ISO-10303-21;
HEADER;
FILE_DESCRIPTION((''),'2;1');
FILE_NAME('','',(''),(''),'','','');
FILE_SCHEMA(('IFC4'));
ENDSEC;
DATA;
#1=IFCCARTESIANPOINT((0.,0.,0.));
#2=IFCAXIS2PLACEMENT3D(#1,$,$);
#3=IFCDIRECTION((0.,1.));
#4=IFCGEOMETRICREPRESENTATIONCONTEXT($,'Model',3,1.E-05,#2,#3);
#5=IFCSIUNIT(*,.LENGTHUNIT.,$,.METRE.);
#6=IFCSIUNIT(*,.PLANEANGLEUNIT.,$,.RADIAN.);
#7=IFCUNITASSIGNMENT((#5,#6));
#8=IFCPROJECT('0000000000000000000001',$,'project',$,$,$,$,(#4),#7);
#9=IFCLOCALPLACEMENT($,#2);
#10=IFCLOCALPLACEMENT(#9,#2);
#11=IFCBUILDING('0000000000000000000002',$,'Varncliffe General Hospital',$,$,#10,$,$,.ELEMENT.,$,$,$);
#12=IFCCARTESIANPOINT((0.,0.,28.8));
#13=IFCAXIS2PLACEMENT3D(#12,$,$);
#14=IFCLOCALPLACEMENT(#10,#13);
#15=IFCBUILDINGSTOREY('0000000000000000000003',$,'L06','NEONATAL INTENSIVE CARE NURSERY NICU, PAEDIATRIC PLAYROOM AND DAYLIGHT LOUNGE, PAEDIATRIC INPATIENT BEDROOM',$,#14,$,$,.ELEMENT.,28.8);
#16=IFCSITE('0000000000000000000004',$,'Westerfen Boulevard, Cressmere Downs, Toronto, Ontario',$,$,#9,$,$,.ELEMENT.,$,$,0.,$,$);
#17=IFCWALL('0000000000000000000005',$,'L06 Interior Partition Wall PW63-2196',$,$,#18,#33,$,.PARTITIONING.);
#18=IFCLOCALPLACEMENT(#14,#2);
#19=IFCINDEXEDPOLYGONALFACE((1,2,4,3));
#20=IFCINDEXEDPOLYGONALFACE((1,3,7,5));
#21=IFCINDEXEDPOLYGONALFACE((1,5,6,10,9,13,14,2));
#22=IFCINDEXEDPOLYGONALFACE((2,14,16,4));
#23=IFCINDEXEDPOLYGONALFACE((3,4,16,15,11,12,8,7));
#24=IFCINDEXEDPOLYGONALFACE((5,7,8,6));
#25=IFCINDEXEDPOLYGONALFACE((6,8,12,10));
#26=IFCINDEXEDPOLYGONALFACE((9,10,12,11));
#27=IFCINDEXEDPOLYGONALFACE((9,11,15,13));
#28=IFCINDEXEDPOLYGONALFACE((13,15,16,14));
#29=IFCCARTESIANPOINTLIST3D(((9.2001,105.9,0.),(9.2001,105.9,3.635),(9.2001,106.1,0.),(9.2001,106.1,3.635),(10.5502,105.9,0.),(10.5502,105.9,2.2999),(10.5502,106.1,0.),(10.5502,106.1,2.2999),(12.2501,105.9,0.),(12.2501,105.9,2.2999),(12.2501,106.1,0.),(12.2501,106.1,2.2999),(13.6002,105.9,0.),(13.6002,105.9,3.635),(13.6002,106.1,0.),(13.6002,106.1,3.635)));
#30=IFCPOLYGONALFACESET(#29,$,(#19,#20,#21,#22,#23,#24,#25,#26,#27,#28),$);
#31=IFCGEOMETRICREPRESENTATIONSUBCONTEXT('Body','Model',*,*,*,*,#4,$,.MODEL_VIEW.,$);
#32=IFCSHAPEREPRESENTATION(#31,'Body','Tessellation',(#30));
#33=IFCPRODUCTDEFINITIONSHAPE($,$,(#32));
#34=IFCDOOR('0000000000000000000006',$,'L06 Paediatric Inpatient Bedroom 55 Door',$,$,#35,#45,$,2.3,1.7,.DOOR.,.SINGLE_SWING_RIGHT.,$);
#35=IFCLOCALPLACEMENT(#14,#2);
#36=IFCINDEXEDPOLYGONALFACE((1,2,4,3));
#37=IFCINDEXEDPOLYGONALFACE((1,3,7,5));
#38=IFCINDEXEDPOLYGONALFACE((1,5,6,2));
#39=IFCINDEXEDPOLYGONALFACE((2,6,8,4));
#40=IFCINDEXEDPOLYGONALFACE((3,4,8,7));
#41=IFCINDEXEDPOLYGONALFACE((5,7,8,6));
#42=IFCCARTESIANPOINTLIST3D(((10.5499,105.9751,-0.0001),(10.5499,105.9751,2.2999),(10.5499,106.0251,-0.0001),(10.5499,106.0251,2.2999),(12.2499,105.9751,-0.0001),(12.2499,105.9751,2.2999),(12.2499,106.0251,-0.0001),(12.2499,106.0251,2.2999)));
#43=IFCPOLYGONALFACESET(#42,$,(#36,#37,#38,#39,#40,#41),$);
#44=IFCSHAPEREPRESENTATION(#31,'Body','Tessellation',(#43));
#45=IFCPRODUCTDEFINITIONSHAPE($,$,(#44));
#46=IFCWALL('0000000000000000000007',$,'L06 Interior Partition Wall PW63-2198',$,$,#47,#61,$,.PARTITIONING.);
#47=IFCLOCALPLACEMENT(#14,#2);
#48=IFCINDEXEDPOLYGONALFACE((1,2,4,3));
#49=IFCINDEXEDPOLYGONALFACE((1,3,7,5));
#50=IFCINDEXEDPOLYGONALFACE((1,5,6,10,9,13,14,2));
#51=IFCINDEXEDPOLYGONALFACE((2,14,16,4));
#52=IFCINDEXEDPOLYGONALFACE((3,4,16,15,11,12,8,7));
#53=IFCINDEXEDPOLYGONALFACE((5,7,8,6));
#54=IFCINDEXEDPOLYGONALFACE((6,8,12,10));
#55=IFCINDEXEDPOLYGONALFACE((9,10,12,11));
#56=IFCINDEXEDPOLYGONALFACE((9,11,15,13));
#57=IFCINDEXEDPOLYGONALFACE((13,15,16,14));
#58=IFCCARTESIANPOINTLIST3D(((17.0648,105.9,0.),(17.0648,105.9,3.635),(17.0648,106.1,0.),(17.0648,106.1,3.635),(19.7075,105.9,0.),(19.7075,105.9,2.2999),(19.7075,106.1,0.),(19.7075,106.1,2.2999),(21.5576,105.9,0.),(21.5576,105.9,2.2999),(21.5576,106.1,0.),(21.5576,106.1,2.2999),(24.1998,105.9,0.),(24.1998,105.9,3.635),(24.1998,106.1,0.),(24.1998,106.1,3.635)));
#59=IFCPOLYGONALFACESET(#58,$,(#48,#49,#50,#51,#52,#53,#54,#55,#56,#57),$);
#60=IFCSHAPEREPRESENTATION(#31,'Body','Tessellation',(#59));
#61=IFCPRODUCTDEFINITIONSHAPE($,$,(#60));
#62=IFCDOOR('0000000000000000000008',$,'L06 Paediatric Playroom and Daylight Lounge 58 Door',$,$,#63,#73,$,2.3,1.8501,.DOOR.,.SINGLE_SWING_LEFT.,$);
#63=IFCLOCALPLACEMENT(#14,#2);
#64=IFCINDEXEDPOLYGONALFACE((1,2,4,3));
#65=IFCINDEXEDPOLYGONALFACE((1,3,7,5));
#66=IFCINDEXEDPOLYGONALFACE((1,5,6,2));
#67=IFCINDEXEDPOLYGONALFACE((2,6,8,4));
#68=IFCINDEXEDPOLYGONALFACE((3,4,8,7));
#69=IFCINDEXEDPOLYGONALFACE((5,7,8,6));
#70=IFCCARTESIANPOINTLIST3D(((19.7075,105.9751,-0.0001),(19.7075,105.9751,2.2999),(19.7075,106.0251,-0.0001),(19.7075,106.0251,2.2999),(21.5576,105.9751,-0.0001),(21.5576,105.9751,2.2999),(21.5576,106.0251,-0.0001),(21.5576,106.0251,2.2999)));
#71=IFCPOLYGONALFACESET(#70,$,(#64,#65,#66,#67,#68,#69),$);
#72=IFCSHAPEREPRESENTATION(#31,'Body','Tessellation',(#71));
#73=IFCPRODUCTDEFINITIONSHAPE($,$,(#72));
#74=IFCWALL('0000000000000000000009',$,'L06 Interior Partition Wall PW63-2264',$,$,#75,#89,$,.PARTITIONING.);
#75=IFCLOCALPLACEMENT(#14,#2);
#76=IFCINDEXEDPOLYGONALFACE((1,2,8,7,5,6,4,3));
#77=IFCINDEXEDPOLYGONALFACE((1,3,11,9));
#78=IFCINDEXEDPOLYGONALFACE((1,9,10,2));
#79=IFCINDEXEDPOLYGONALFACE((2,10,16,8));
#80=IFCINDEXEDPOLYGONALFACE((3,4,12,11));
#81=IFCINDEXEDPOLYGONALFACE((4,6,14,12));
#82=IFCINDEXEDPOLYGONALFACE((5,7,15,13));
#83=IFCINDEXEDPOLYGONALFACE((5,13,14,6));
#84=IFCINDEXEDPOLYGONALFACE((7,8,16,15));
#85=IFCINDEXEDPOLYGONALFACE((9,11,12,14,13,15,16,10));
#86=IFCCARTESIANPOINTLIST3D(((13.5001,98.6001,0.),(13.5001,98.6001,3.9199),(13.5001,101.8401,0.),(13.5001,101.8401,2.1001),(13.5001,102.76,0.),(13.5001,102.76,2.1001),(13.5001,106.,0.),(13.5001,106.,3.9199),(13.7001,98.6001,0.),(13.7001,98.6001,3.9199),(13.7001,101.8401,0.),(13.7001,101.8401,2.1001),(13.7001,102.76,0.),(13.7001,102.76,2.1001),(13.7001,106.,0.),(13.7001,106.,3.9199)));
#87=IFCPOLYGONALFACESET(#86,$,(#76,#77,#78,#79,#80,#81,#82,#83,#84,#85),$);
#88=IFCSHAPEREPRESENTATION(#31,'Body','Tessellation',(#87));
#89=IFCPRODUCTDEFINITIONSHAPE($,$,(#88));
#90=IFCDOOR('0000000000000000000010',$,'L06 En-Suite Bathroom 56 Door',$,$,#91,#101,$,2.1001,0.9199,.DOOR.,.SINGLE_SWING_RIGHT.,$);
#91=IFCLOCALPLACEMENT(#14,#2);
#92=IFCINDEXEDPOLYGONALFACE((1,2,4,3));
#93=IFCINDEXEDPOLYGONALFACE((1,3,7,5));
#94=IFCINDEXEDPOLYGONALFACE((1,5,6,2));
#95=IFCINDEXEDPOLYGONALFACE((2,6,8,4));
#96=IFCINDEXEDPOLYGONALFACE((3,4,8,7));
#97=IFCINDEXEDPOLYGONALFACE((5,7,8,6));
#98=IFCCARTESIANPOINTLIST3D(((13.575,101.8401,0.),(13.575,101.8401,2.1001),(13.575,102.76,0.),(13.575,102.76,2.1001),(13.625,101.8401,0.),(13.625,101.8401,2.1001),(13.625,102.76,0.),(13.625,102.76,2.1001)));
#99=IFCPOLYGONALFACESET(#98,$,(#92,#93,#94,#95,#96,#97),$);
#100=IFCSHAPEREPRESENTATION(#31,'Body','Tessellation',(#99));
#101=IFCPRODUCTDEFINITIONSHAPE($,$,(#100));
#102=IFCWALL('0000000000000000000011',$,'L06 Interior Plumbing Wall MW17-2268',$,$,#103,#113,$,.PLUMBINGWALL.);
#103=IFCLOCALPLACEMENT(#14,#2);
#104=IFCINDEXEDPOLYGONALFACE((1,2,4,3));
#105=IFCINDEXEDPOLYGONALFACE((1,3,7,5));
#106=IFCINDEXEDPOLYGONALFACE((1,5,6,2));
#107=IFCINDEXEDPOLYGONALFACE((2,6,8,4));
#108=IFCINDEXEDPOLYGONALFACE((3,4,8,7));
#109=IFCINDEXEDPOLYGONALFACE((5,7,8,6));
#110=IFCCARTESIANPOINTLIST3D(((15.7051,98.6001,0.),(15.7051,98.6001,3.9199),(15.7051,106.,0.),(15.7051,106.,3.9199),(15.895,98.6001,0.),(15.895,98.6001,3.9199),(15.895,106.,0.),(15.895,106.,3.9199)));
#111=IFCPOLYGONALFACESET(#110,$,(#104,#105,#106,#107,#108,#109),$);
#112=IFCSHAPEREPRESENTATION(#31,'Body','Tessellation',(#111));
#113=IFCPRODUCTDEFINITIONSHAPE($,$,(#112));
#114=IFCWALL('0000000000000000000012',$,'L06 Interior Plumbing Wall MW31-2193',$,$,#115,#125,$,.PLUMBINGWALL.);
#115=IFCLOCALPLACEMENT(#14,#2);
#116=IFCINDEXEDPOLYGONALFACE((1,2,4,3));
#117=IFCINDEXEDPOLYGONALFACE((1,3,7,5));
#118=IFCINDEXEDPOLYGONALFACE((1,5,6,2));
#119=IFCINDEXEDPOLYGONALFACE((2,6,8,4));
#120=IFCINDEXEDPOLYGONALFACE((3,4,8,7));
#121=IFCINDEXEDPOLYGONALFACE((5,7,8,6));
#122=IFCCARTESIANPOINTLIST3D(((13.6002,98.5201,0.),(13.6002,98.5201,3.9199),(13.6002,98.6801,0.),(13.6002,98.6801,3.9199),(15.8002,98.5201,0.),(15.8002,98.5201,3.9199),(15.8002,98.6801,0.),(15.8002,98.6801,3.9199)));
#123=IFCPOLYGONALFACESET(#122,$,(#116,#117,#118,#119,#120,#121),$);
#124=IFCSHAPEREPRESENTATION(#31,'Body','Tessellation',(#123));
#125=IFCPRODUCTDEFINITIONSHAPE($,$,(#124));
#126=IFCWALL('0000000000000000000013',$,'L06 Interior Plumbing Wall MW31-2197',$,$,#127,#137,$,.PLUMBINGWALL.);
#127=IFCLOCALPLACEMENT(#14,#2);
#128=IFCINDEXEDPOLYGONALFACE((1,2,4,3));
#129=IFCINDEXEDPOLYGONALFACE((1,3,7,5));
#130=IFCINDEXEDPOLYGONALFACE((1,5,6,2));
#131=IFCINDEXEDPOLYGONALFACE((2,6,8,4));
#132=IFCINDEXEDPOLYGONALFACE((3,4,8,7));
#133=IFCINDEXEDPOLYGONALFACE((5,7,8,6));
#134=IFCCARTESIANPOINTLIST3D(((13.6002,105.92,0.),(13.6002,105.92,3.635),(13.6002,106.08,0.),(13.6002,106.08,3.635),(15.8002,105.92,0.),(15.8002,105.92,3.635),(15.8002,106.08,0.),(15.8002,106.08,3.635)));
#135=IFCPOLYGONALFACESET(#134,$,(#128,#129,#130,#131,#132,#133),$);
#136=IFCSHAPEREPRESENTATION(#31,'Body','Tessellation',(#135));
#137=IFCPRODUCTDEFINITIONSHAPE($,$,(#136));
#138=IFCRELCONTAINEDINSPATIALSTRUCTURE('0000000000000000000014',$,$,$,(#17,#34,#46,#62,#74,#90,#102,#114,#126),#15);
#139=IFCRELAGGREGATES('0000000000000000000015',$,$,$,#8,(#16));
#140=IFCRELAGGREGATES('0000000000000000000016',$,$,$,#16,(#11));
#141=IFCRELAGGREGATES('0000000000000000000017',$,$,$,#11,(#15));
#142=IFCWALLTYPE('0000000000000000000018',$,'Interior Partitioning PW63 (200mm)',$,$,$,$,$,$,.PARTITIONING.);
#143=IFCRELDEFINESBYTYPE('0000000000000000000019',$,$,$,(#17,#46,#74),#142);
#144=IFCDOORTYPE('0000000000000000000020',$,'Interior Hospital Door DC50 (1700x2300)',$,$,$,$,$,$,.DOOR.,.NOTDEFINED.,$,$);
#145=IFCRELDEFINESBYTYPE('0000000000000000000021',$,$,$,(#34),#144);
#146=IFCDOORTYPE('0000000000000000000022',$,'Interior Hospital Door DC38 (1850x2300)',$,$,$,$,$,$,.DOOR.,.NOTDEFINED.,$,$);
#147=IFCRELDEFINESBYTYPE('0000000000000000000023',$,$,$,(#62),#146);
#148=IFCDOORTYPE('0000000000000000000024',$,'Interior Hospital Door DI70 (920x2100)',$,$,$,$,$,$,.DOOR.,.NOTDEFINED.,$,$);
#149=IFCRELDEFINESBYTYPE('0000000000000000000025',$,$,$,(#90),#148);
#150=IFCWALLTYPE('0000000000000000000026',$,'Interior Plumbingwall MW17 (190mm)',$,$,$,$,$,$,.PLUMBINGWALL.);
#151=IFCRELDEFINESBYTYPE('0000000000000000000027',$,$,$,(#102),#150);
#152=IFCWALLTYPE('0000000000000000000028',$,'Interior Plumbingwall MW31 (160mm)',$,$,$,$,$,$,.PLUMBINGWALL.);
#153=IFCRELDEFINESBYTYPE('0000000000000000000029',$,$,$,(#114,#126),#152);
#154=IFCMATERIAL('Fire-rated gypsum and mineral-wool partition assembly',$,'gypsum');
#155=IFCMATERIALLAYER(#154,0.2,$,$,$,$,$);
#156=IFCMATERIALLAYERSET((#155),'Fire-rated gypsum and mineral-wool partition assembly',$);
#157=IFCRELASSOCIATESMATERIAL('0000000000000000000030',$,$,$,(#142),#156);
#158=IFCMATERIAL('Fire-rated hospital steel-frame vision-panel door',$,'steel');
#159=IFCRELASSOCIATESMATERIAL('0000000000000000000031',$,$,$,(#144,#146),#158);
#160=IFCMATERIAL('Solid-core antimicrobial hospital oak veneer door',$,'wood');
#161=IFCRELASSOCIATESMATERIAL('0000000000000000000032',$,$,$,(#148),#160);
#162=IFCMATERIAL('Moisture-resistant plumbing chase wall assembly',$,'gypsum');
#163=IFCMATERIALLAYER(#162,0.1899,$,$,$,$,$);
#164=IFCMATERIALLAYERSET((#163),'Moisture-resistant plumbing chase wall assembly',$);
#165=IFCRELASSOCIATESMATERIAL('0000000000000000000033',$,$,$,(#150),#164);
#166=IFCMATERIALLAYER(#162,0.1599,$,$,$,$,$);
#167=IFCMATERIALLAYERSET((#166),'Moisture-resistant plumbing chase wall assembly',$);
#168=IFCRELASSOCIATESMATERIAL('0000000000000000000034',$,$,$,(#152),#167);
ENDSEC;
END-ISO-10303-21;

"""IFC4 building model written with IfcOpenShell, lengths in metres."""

from ifc_helpers import new_model, si_unit, direction, frame, frame_2d, origin, place, context, subcontext, project, spatial, rectangle, extrude, material, layer, layer_set, type_object, element, fill, save


model = new_model("IFC4")

# Units and contexts
model_context = context("Model", 3, precision=1e-05, world=origin(), true_north=direction((0.0, 1.0)))
body_context = subcontext(model_context, "Body", "Model", "MODEL_VIEW")
ifc_project = project(units=[si_unit("LENGTHUNIT", "METRE"), si_unit("PLANEANGLEUNIT", "RADIAN")], contexts=[model_context])

# Site, building, storey
site_placement = place(None, origin())
site = spatial("IfcSite", under=ifc_project, at=site_placement, Name="Westerfen Boulevard, Cressmere Downs, Toronto, Ontario", CompositionType="ELEMENT", RefElevation=0.0)
building_placement = place(site_placement, origin())
building = spatial("IfcBuilding", under=site, at=building_placement, Name="Varncliffe General Hospital", CompositionType="ELEMENT")
storey_placement = place(building_placement, frame((0.0, 0.0, 28.8)))
storey = spatial("IfcBuildingStorey", under=building, at=storey_placement, Name="L06", Description="NEONATAL INTENSIVE CARE NURSERY NICU, PAEDIATRIC PLAYROOM AND DAYLIGHT LOUNGE, PAEDIATRIC INPATIENT BEDROOM", CompositionType="ELEMENT", Elevation=28.8)

# Walls, openings, doors
ifc_material_1 = material(Name="Fire-rated gypsum and mineral-wool partition assembly", Category="gypsum")
ifc_layer_1 = layer(ifc_material_1, 0.2)
ifc_layer_set_1 = layer_set([ifc_layer_1], Name="Fire-rated gypsum and mineral-wool partition assembly")
wall_type_1 = type_object("IfcWallType", Name="Interior Partitioning PW63 (200mm)", PredefinedType="PARTITIONING", material=ifc_layer_set_1)
wall_1_placement = place(storey_placement, frame((9.2, 106.0, 0.0), z_axis=(0.0, 0.0, 1.0), x_axis=(1.0, 0.0, 0.0)))
wall_1 = element("IfcWall", 1, at=wall_1_placement, inside=storey, type_object=wall_type_1, Name="L06 Interior Partition Wall PW63-2196", PredefinedType="PARTITIONING", context=body_context, shape_type="SweptSolid", body=[
    extrude(rectangle(XDim=4.4001, YDim=0.2, at=frame_2d((2.2002, 0.0))), origin(), (0.0, 0.0, 1.0), 3.635),
])
opening_1_placement = place(wall_1_placement, frame((1.3501, 0.0, 0.0)))
opening_1 = element("IfcOpeningElement", 2, at=opening_1_placement, cuts=wall_1, PredefinedType="OPENING", context=body_context, shape_type="SweptSolid", body=[
    extrude(rectangle(XDim=1.7, YDim=2.3, at=frame_2d((0.8501, 1.1499))), frame((0.0, 0.1099, 0.0), z_axis=(0.0, -1.0, 0.0), x_axis=(1.0, 0.0, 0.0)), (0.0, 0.0, 1.0), 0.22),
])
ifc_material_2 = material(Name="Fire-rated hospital steel-frame vision-panel door", Category="steel")
door_type_1 = type_object("IfcDoorType", Name="Interior Hospital Door DC50 (1700x2300)", OperationType="NOTDEFINED", PredefinedType="DOOR", material=ifc_material_2)
door_1_placement = place(opening_1_placement, frame((1.7, 0.0, 0.0), z_axis=(0.0, 0.0, 1.0), x_axis=(-1.0, 0.0, 0.0)))
door_1 = element("IfcDoor", 3, at=door_1_placement, inside=storey, type_object=door_type_1, Name="L06 Paediatric Inpatient Bedroom 55 Door", OperationType="SINGLE_SWING_RIGHT", OverallHeight=2.3, OverallWidth=1.7, PredefinedType="DOOR", context=body_context, shape_type="SweptSolid", body=[
    extrude(rectangle(XDim=1.7, YDim=2.3, at=frame_2d((0.8501, 1.1499))), frame((0.0, 0.0249, 0.0), z_axis=(0.0, -1.0, 0.0), x_axis=(1.0, 0.0, 0.0)), (0.0, 0.0, 1.0), 0.05),
])
fill(opening_1, door_1)
wall_2_placement = place(storey_placement, frame((17.0649, 106.0, 0.0), z_axis=(0.0, 0.0, 1.0), x_axis=(1.0, 0.0, 0.0)))
wall_2 = element("IfcWall", 4, at=wall_2_placement, inside=storey, type_object=wall_type_1, Name="L06 Interior Partition Wall PW63-2198", PredefinedType="PARTITIONING", context=body_context, shape_type="SweptSolid", body=[
    extrude(rectangle(XDim=7.135, YDim=0.2, at=frame_2d((3.5674, 0.0))), origin(), (0.0, 0.0, 1.0), 3.635),
])
opening_2_placement = place(wall_2_placement, frame((2.6426, 0.0, 0.0)))
opening_2 = element("IfcOpeningElement", 5, at=opening_2_placement, cuts=wall_2, PredefinedType="OPENING", context=body_context, shape_type="SweptSolid", body=[
    extrude(rectangle(XDim=1.8501, YDim=2.3, at=frame_2d((0.925, 1.1499))), frame((0.0, 0.1099, 0.0), z_axis=(0.0, -1.0, 0.0), x_axis=(1.0, 0.0, 0.0)), (0.0, 0.0, 1.0), 0.22),
])
door_type_2 = type_object("IfcDoorType", Name="Interior Hospital Door DC38 (1850x2300)", OperationType="NOTDEFINED", PredefinedType="DOOR", material=ifc_material_2)
door_2_placement = place(opening_2_placement, frame((1.8501, 0.0, 0.0), z_axis=(0.0, 0.0, 1.0), x_axis=(-1.0, 0.0, 0.0)))
door_2 = element("IfcDoor", 6, at=door_2_placement, inside=storey, type_object=door_type_2, Name="L06 Paediatric Playroom and Daylight Lounge 58 Door", OperationType="SINGLE_SWING_LEFT", OverallHeight=2.3, OverallWidth=1.8501, PredefinedType="DOOR", context=body_context, shape_type="SweptSolid", body=[
    extrude(rectangle(XDim=1.8501, YDim=2.3, at=frame_2d((0.925, 1.1499))), frame((0.0, 0.0249, 0.0), z_axis=(0.0, -1.0, 0.0), x_axis=(1.0, 0.0, 0.0)), (0.0, 0.0, 1.0), 0.05),
])
fill(opening_2, door_2)
wall_3_placement = place(storey_placement, frame((13.6001, 98.6001, 0.0), z_axis=(0.0, 0.0, 1.0), x_axis=(0.0, 1.0, 0.0)))
wall_3 = element("IfcWall", 7, at=wall_3_placement, inside=storey, type_object=wall_type_1, Name="L06 Interior Partition Wall PW63-2264", PredefinedType="PARTITIONING", context=body_context, shape_type="SweptSolid", body=[
    extrude(rectangle(XDim=7.3999, YDim=0.2, at=frame_2d((3.7, 0.0))), origin(), (0.0, 0.0, 1.0), 3.9199),
])
opening_3_placement = place(wall_3_placement, frame((3.24, 0.0, 0.0)))
opening_3 = element("IfcOpeningElement", 8, at=opening_3_placement, cuts=wall_3, PredefinedType="OPENING", context=body_context, shape_type="SweptSolid", body=[
    extrude(rectangle(XDim=0.9199, YDim=2.1001, at=frame_2d((0.46, 1.05))), frame((0.0, 0.1099, 0.0), z_axis=(0.0, -1.0, 0.0), x_axis=(1.0, 0.0, 0.0)), (0.0, 0.0, 1.0), 0.22),
])
ifc_material_3 = material(Name="Solid-core antimicrobial hospital oak veneer door", Category="wood")
door_type_3 = type_object("IfcDoorType", Name="Interior Hospital Door DI70 (920x2100)", OperationType="NOTDEFINED", PredefinedType="DOOR", material=ifc_material_3)
door_3_placement = place(opening_3_placement, frame((0.9199, 0.0, 0.0), z_axis=(0.0, 0.0, 1.0), x_axis=(-1.0, 0.0, 0.0)))
door_3 = element("IfcDoor", 9, at=door_3_placement, inside=storey, type_object=door_type_3, Name="L06 En-Suite Bathroom 56 Door", OperationType="SINGLE_SWING_RIGHT", OverallHeight=2.1001, OverallWidth=0.9199, PredefinedType="DOOR", context=body_context, shape_type="SweptSolid", body=[
    extrude(rectangle(XDim=0.9199, YDim=2.1001, at=frame_2d((0.46, 1.05))), frame((0.0, 0.0249, 0.0), z_axis=(0.0, -1.0, 0.0), x_axis=(1.0, 0.0, 0.0)), (0.0, 0.0, 1.0), 0.05),
])
fill(opening_3, door_3)

# Walls
ifc_material_4 = material(Name="Moisture-resistant plumbing chase wall assembly", Category="gypsum")
ifc_layer_2 = layer(ifc_material_4, 0.1899)
ifc_layer_set_2 = layer_set([ifc_layer_2], Name="Moisture-resistant plumbing chase wall assembly")
wall_type_2 = type_object("IfcWallType", Name="Interior Plumbingwall MW17 (190mm)", PredefinedType="PLUMBINGWALL", material=ifc_layer_set_2)
wall_4_placement = place(storey_placement, frame((15.8, 98.6001, 0.0), z_axis=(0.0, 0.0, 1.0), x_axis=(0.0, 1.0, 0.0)))
element("IfcWall", 10, at=wall_4_placement, inside=storey, type_object=wall_type_2, Name="L06 Interior Plumbing Wall MW17-2268", PredefinedType="PLUMBINGWALL", context=body_context, shape_type="SweptSolid", body=[
    extrude(rectangle(XDim=7.3999, YDim=0.1899, at=frame_2d((3.7, 0.0))), origin(), (0.0, 0.0, 1.0), 3.9199),
])
ifc_layer_3 = layer(ifc_material_4, 0.1599)
ifc_layer_set_3 = layer_set([ifc_layer_3], Name="Moisture-resistant plumbing chase wall assembly")
wall_type_3 = type_object("IfcWallType", Name="Interior Plumbingwall MW31 (160mm)", PredefinedType="PLUMBINGWALL", material=ifc_layer_set_3)
wall_5_placement = place(storey_placement, frame((13.6001, 98.6001, 0.0), z_axis=(0.0, 0.0, 1.0), x_axis=(1.0, 0.0, 0.0)))
element("IfcWall", 11, at=wall_5_placement, inside=storey, type_object=wall_type_3, Name="L06 Interior Plumbing Wall MW31-2193", PredefinedType="PLUMBINGWALL", context=body_context, shape_type="SweptSolid", body=[
    extrude(rectangle(XDim=2.2, YDim=0.1599, at=frame_2d((1.1001, 0.0))), origin(), (0.0, 0.0, 1.0), 3.9199),
])
wall_6_placement = place(storey_placement, frame((13.6001, 106.0, 0.0), z_axis=(0.0, 0.0, 1.0), x_axis=(1.0, 0.0, 0.0)))
element("IfcWall", 12, at=wall_6_placement, inside=storey, type_object=wall_type_3, Name="L06 Interior Plumbing Wall MW31-2197", PredefinedType="PLUMBINGWALL", context=body_context, shape_type="SweptSolid", body=[
    extrude(rectangle(XDim=2.2, YDim=0.1599, at=frame_2d((1.1001, 0.0))), origin(), (0.0, 0.0, 1.0), 3.635),
])

save(model, "model.ifc")
